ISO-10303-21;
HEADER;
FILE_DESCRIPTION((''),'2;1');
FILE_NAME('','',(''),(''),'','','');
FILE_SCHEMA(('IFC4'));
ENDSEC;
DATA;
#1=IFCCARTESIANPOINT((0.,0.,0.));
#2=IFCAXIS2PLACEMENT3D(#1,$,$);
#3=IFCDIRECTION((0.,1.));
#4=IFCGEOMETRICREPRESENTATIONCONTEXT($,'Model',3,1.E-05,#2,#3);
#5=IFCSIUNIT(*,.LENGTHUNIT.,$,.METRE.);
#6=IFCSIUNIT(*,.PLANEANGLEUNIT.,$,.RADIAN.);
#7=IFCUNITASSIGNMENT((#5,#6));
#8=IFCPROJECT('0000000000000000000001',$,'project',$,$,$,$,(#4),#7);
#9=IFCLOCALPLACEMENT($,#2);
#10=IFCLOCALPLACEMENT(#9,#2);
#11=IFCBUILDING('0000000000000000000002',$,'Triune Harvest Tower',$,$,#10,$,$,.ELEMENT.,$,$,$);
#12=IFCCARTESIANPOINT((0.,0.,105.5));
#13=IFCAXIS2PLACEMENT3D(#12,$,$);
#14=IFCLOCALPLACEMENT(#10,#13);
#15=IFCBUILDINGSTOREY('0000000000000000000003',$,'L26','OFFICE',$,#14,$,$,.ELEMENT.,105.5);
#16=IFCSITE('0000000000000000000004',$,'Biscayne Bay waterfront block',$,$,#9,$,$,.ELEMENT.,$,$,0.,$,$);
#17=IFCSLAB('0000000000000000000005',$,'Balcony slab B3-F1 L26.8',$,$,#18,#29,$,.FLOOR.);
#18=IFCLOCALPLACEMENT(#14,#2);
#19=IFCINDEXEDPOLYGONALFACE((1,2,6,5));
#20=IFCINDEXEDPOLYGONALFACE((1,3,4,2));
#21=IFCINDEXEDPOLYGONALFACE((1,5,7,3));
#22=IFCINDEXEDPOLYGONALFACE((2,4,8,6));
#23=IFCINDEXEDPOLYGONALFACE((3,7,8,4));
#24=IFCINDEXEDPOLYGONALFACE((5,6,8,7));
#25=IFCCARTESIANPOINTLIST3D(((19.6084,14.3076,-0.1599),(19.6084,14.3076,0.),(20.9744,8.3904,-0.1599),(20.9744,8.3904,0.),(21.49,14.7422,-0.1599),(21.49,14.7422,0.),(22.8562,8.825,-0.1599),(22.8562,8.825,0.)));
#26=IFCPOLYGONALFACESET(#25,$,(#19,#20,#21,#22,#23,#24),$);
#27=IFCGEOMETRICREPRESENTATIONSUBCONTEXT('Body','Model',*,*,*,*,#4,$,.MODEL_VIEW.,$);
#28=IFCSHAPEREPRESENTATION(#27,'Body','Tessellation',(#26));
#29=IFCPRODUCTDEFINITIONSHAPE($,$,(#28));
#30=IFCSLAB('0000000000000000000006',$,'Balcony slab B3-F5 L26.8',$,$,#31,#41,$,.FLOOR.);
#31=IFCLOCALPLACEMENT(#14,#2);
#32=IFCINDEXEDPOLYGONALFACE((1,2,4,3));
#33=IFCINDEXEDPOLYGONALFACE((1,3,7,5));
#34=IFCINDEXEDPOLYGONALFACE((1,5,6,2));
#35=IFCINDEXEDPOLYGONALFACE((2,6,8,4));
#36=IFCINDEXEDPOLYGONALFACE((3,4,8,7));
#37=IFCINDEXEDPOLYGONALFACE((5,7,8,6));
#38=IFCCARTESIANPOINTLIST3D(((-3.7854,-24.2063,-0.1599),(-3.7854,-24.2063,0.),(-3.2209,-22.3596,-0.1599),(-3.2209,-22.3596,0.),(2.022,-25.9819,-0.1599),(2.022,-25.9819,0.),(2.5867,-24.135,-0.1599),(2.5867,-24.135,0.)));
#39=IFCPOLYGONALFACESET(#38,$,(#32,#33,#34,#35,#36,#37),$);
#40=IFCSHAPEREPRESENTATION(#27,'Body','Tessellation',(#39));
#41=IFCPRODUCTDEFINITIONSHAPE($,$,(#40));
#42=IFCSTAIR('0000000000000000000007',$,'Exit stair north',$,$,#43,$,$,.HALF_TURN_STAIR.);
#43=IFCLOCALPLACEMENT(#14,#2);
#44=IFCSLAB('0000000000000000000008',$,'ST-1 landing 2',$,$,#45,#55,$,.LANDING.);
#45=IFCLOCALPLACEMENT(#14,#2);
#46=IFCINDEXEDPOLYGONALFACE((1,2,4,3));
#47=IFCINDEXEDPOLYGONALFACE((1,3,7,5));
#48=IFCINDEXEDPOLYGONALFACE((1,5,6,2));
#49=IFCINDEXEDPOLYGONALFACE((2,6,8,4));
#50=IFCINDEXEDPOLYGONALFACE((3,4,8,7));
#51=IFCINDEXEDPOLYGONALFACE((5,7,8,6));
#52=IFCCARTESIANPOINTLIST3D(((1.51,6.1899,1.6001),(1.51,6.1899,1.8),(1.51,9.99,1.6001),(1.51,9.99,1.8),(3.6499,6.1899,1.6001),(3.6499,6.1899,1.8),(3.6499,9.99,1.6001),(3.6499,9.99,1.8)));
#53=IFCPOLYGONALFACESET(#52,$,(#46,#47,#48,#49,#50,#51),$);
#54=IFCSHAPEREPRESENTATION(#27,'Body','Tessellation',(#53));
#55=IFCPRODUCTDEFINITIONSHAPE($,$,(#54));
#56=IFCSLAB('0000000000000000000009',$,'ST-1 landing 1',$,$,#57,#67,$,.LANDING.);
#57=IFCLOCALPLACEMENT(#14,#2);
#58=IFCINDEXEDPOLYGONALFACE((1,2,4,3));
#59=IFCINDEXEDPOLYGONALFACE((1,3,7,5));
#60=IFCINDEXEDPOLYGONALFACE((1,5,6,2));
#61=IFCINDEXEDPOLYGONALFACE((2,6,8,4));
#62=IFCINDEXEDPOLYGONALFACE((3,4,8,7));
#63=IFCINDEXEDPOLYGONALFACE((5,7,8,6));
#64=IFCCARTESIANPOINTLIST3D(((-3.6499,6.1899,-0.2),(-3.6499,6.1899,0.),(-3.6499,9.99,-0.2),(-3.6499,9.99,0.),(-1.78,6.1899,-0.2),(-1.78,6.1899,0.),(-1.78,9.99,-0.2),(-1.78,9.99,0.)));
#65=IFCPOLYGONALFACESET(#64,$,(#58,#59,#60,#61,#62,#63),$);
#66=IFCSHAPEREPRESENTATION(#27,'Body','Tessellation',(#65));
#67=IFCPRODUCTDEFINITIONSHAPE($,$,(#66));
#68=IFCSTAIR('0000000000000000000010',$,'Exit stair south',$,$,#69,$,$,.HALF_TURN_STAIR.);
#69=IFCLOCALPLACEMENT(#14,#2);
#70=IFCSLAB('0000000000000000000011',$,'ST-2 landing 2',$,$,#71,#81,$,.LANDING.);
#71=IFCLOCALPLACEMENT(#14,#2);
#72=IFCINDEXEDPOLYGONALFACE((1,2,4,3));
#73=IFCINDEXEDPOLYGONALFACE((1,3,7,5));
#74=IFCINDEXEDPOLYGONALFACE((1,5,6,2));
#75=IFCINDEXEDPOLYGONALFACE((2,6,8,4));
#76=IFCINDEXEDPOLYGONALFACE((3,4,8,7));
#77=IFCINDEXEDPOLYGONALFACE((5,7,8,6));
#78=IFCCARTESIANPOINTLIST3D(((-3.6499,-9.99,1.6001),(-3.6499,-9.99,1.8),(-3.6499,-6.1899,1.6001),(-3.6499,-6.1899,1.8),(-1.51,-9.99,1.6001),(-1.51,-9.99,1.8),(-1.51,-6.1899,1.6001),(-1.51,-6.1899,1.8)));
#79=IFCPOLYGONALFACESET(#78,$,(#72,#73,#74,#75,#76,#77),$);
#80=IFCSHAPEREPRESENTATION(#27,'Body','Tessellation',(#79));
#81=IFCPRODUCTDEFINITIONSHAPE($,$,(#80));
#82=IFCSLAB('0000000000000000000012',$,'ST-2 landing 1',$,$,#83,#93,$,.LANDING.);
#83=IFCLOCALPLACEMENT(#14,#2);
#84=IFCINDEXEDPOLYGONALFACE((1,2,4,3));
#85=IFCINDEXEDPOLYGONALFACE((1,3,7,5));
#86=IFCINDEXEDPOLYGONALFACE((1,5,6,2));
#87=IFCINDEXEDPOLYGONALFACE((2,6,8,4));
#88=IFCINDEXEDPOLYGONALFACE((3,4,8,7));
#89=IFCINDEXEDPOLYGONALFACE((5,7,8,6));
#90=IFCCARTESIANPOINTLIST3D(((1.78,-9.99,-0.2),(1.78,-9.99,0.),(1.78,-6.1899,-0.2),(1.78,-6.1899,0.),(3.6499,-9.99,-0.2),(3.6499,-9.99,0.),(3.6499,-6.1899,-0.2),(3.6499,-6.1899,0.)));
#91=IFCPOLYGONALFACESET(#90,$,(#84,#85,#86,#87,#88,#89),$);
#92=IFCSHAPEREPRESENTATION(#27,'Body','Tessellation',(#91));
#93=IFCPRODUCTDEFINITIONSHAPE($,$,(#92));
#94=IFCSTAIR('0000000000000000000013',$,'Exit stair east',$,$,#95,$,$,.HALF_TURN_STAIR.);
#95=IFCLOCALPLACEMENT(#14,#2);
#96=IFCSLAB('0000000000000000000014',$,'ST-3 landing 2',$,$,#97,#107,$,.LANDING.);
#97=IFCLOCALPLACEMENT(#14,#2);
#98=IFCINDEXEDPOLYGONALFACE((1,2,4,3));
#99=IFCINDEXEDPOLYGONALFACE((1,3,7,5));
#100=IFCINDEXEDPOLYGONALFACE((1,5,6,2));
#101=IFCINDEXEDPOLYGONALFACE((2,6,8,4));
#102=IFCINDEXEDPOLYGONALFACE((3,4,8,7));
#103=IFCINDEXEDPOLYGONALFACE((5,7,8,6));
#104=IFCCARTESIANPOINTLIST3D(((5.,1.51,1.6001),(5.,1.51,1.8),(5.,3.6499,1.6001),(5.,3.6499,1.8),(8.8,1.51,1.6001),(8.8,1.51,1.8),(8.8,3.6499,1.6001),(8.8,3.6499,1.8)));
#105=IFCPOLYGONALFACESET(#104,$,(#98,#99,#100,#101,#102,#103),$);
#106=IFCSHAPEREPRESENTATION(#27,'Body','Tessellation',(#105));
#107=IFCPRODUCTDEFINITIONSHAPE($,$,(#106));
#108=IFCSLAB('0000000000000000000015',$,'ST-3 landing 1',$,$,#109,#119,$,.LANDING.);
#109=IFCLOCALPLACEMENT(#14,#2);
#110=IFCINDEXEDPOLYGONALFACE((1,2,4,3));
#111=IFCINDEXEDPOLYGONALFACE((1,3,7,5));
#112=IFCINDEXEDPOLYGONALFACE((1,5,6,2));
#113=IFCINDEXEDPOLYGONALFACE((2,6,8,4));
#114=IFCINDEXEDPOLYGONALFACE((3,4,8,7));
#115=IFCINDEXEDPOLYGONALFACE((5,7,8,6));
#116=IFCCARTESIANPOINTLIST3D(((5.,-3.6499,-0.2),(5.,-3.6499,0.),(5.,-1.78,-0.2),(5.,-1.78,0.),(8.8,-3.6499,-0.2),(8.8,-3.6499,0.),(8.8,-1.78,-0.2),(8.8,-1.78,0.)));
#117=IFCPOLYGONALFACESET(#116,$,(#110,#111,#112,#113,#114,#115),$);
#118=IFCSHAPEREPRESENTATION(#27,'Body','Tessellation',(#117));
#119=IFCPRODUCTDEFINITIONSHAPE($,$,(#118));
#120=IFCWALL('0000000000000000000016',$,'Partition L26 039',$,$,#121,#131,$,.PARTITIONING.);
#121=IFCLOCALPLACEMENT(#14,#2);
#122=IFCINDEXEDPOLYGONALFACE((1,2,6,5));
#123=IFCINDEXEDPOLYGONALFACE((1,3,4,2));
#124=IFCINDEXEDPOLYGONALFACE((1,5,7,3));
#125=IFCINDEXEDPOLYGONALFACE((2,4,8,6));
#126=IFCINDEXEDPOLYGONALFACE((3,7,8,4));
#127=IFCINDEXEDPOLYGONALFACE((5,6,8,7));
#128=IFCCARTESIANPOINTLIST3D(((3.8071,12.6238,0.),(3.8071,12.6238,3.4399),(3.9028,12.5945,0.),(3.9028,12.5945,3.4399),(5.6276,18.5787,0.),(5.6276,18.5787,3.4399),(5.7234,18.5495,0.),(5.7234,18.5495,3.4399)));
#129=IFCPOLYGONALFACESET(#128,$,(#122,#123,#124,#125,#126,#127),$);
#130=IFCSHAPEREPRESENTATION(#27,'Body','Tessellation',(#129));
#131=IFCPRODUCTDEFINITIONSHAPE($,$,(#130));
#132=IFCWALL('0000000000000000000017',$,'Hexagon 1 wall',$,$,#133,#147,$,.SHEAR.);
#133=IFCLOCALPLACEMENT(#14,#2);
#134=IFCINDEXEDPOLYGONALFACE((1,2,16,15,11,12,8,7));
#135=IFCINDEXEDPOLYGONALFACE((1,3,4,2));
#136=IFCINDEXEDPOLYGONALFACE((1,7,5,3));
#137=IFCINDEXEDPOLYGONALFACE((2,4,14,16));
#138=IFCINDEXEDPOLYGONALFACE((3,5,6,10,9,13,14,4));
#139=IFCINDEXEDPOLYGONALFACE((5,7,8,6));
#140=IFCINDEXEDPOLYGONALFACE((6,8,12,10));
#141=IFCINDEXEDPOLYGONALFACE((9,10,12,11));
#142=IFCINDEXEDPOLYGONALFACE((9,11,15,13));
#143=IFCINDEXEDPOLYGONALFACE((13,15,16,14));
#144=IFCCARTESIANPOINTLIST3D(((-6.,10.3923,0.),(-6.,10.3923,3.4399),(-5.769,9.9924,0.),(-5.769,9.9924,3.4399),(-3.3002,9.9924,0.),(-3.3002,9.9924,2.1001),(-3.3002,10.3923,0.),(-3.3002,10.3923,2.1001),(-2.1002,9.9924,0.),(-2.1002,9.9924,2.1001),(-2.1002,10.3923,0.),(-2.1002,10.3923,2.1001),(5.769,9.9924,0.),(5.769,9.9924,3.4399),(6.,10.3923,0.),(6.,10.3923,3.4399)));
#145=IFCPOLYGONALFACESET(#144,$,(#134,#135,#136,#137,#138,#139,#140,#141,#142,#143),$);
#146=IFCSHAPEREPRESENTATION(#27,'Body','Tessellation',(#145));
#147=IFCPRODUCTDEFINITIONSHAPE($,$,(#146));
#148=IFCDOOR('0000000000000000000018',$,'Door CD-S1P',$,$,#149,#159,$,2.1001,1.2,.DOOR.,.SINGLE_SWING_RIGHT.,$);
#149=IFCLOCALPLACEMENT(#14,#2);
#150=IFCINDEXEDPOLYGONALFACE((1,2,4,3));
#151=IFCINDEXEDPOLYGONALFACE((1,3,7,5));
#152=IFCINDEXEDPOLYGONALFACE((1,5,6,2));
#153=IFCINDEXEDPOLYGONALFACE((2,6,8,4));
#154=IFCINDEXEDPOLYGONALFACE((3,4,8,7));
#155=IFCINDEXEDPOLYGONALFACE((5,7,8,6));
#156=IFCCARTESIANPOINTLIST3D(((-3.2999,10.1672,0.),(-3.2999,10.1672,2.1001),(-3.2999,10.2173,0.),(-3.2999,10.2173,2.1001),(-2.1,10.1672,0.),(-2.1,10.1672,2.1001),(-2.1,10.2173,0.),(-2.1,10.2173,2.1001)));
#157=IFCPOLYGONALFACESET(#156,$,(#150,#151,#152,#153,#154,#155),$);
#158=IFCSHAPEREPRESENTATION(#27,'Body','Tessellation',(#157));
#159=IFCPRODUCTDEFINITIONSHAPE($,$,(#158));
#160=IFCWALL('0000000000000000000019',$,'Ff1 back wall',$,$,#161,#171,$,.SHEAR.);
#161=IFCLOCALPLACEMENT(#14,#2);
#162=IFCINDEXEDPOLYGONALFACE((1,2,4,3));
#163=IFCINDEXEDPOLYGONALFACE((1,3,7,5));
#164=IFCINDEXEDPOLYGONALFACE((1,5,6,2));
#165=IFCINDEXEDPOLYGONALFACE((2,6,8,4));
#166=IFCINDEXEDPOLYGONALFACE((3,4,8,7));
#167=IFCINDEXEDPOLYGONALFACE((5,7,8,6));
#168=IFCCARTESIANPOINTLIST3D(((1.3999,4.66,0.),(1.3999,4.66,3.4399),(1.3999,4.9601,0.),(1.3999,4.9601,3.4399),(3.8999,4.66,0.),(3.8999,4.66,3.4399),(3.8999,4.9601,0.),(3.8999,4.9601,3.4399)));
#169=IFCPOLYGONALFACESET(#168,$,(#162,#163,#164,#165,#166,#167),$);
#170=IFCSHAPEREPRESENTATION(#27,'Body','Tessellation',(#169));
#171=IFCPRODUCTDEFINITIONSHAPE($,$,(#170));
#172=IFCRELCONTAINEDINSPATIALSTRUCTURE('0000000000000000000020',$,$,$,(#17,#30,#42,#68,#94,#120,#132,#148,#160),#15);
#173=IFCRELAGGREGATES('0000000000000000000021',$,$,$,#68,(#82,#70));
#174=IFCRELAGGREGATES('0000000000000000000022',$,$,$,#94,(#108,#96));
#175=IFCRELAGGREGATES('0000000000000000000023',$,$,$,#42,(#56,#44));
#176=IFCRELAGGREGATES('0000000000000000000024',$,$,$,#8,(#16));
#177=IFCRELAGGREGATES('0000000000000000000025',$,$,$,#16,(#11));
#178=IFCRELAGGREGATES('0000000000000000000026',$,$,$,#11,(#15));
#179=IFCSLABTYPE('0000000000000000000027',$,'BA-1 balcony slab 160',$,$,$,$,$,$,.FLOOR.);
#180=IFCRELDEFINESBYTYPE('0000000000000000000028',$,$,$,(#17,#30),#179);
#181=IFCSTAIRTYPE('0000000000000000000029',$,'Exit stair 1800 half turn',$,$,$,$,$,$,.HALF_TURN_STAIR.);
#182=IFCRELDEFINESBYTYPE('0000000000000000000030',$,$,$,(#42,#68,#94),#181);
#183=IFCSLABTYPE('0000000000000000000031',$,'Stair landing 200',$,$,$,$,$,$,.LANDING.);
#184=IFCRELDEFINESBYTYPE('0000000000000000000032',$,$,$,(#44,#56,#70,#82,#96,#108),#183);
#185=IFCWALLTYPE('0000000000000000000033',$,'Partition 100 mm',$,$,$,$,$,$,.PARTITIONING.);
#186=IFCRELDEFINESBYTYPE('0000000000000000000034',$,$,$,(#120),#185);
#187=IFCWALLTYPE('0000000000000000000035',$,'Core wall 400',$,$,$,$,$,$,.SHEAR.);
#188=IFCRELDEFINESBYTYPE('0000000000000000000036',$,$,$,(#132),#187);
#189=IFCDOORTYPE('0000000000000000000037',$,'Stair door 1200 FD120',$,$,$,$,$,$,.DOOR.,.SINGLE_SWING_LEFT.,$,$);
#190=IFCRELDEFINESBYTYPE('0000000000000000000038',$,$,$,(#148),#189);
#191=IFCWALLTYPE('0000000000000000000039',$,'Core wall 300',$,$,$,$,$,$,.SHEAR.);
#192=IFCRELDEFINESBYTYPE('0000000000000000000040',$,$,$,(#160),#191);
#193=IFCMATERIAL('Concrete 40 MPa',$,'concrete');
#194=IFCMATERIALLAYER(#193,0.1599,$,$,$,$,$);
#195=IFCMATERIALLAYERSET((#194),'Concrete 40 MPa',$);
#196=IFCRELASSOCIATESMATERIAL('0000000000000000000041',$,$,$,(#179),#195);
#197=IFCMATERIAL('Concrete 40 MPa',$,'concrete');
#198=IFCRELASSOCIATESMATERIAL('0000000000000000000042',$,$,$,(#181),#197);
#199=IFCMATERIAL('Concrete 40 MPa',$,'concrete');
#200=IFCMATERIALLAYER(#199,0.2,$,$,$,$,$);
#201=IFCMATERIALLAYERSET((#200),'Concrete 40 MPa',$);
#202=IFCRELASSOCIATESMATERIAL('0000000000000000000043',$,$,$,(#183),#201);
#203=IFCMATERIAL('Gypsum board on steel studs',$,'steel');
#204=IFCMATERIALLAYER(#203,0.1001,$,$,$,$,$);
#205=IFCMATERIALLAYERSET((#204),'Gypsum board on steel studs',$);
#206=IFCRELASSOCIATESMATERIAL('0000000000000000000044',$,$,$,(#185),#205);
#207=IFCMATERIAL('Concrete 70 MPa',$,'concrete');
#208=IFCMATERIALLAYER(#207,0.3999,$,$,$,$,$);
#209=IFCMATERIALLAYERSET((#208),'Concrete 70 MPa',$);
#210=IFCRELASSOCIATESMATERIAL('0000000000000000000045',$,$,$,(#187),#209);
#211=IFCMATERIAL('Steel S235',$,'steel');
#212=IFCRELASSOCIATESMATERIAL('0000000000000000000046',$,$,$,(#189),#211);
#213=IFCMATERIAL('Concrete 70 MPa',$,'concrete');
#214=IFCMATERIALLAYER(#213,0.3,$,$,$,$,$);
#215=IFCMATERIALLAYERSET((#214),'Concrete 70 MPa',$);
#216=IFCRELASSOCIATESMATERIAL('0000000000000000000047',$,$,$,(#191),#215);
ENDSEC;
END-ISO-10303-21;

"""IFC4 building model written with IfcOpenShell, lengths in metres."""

from ifc_helpers import new_model, si_unit, direction, frame, frame_2d, origin, place, context, subcontext, project, spatial, polyline, rectangle, outline, extrude, source, transform, mapped, material, layer, layer_set, type_object, element, fill, aggregate, save


model = new_model("IFC4")

# Units and contexts
model_context = context("Model", 3, precision=1e-05, world=origin(), true_north=direction((0.0, 1.0)))
body_context = subcontext(model_context, "Body", "Model", "MODEL_VIEW")
ifc_project = project(units=[si_unit("LENGTHUNIT", "METRE"), si_unit("PLANEANGLEUNIT", "RADIAN")], contexts=[model_context])

# Site, building, storey
site_placement = place(None, origin())
site = spatial("IfcSite", under=ifc_project, at=site_placement, Name="Biscayne Bay waterfront block", CompositionType="ELEMENT", RefElevation=0.0)
building_placement = place(site_placement, origin())
building = spatial("IfcBuilding", under=site, at=building_placement, Name="Triune Harvest Tower", CompositionType="ELEMENT")
storey_placement = place(building_placement, frame((0.0, 0.0, 105.5)))
storey = spatial("IfcBuildingStorey", under=building, at=storey_placement, Name="L26", Description="OFFICE", CompositionType="ELEMENT", Elevation=105.5)

# Slabs
ifc_material_1 = material(Name="Concrete 40 MPa", Category="concrete")
ifc_layer_1 = layer(ifc_material_1, 0.1599)
ifc_layer_set_1 = layer_set([ifc_layer_1], Name="Concrete 40 MPa")
slab_type_1 = type_object("IfcSlabType", Name="BA-1 balcony slab 160", PredefinedType="FLOOR", material=ifc_layer_set_1)
slab_1_placement = place(storey_placement, frame((0.0, 0.0, -0.1599)))
element("IfcSlab", 1, at=slab_1_placement, inside=storey, type_object=slab_type_1, Name="Balcony slab B3-F1 L26.8", PredefinedType="FLOOR", context=body_context, shape_type="SweptSolid", body=[
    extrude(outline(polyline([(20.9744, 8.3904), (19.6084, 14.3076), (21.49, 14.7422), (22.8562, 8.825), (20.9744, 8.3904)])), origin(), (0.0, 0.0, 1.0), 0.1599),
])
slab_2_placement = place(storey_placement, frame((0.0, 0.0, -0.1599)))
element("IfcSlab", 2, at=slab_2_placement, inside=storey, type_object=slab_type_1, Name="Balcony slab B3-F5 L26.8", PredefinedType="FLOOR", context=body_context, shape_type="SweptSolid", body=[
    extrude(outline(polyline([(-3.2209, -22.3596), (2.5867, -24.135), (2.022, -25.9819), (-3.7854, -24.2063), (-3.2209, -22.3596)])), origin(), (0.0, 0.0, 1.0), 0.1599),
])

# Stairs, slabs
ifc_material_2 = material(Name="Concrete 40 MPa", Category="concrete")
stair_type = type_object("IfcStairType", Name="Exit stair 1800 half turn", PredefinedType="HALF_TURN_STAIR", material=ifc_material_2)
stair_1_placement = place(storey_placement, origin())
stair_1 = element("IfcStair", 3, at=stair_1_placement, inside=storey, type_object=stair_type, Name="Exit stair north", PredefinedType="HALF_TURN_STAIR")
ifc_material_3 = material(Name="Concrete 40 MPa", Category="concrete")
ifc_layer_2 = layer(ifc_material_3, 0.2)
ifc_layer_set_2 = layer_set([ifc_layer_2], Name="Concrete 40 MPa")
slab_type_2 = type_object("IfcSlabType", Name="Stair landing 200", PredefinedType="LANDING", material=ifc_layer_set_2)
shared_shape_1 = source(origin(), body_context, "Body", "SweptSolid", [
    extrude(outline(polyline([(1.51, 6.1899), (3.6499, 6.1899), (3.6499, 9.99), (1.51, 9.99), (1.51, 6.1899)])), origin(), (0.0, 0.0, 1.0), 0.2),
])
slab_3_placement = place(storey_placement, frame((0.0, 0.0, 1.6001)))
slab_3 = element("IfcSlab", 4, at=slab_3_placement, type_object=slab_type_2, Name="ST-1 landing 2", PredefinedType="LANDING", context=body_context, shape_type="MappedRepresentation", body=[
    mapped(shared_shape_1, transform((0.0, 0.0, 0.0), scale=1.0)),
])
shared_shape_2 = source(origin(), body_context, "Body", "SweptSolid", [
    extrude(outline(polyline([(-3.6499, 6.1899), (-1.78, 6.1899), (-1.78, 9.99), (-3.6499, 9.99), (-3.6499, 6.1899)])), origin(), (0.0, 0.0, 1.0), 0.2),
])
slab_4_placement = place(storey_placement, frame((0.0, 0.0, -0.2)))
slab_4 = element("IfcSlab", 5, at=slab_4_placement, type_object=slab_type_2, Name="ST-1 landing 1", PredefinedType="LANDING", context=body_context, shape_type="MappedRepresentation", body=[
    mapped(shared_shape_2, transform((0.0, 0.0, 0.0), scale=1.0)),
])
stair_2_placement = place(storey_placement, origin())
stair_2 = element("IfcStair", 6, at=stair_2_placement, inside=storey, type_object=stair_type, Name="Exit stair south", PredefinedType="HALF_TURN_STAIR")
shared_shape_3 = source(origin(), body_context, "Body", "SweptSolid", [
    extrude(outline(polyline([(-1.51, -6.1899), (-3.6499, -6.1899), (-3.6499, -9.99), (-1.51, -9.99), (-1.51, -6.1899)])), origin(), (0.0, 0.0, 1.0), 0.2),
])
slab_5_placement = place(storey_placement, frame((0.0, 0.0, 1.6001)))
slab_5 = element("IfcSlab", 7, at=slab_5_placement, type_object=slab_type_2, Name="ST-2 landing 2", PredefinedType="LANDING", context=body_context, shape_type="MappedRepresentation", body=[
    mapped(shared_shape_3, transform((0.0, 0.0, 0.0), scale=1.0)),
])
shared_shape_4 = source(origin(), body_context, "Body", "SweptSolid", [
    extrude(outline(polyline([(3.6499, -6.1899), (1.78, -6.1899), (1.78, -9.99), (3.6499, -9.99), (3.6499, -6.1899)])), origin(), (0.0, 0.0, 1.0), 0.2),
])
slab_6_placement = place(storey_placement, frame((0.0, 0.0, -0.2)))
slab_6 = element("IfcSlab", 8, at=slab_6_placement, type_object=slab_type_2, Name="ST-2 landing 1", PredefinedType="LANDING", context=body_context, shape_type="MappedRepresentation", body=[
    mapped(shared_shape_4, transform((0.0, 0.0, 0.0), scale=1.0)),
])
aggregate(stair_2, [slab_6, slab_5])
stair_3_placement = place(storey_placement, origin())
stair_3 = element("IfcStair", 9, at=stair_3_placement, inside=storey, type_object=stair_type, Name="Exit stair east", PredefinedType="HALF_TURN_STAIR")
shared_shape_5 = source(origin(), body_context, "Body", "SweptSolid", [
    extrude(outline(polyline([(8.8, 1.51), (8.8, 3.6499), (5.0, 3.6499), (5.0, 1.51), (8.8, 1.51)])), origin(), (0.0, 0.0, 1.0), 0.2),
])
slab_7_placement = place(storey_placement, frame((0.0, 0.0, 1.6001)))
slab_7 = element("IfcSlab", 10, at=slab_7_placement, type_object=slab_type_2, Name="ST-3 landing 2", PredefinedType="LANDING", context=body_context, shape_type="MappedRepresentation", body=[
    mapped(shared_shape_5, transform((0.0, 0.0, 0.0), scale=1.0)),
])
shared_shape_6 = source(origin(), body_context, "Body", "SweptSolid", [
    extrude(outline(polyline([(8.8, -3.6499), (8.8, -1.78), (5.0, -1.78), (5.0, -3.6499), (8.8, -3.6499)])), origin(), (0.0, 0.0, 1.0), 0.2),
])
slab_8_placement = place(storey_placement, frame((0.0, 0.0, -0.2)))
slab_8 = element("IfcSlab", 11, at=slab_8_placement, type_object=slab_type_2, Name="ST-3 landing 1", PredefinedType="LANDING", context=body_context, shape_type="MappedRepresentation", body=[
    mapped(shared_shape_6, transform((0.0, 0.0, 0.0), scale=1.0)),
])
aggregate(stair_3, [slab_8, slab_7])

# Wall
ifc_material_4 = material(Name="Gypsum board on steel studs", Category="steel")
ifc_layer_3 = layer(ifc_material_4, 0.1001)
ifc_layer_set_3 = layer_set([ifc_layer_3], Name="Gypsum board on steel studs")
wall_type_1 = type_object("IfcWallType", Name="Partition 100 mm", PredefinedType="PARTITIONING", material=ifc_layer_set_3)
wall_1_placement = place(storey_placement, frame((3.855, 12.6091, 0.0), z_axis=(0.0, 0.0, 1.0), x_axis=(0.292358, 0.956309, 0.0)))
element("IfcWall", 12, at=wall_1_placement, inside=storey, type_object=wall_type_1, Name="Partition L26 039", PredefinedType="PARTITIONING", context=body_context, shape_type="SweptSolid", body=[
    extrude(rectangle(XDim=6.2271, YDim=0.1001, at=frame_2d((3.1135, 0.0))), origin(), (0.0, 0.0, 1.0), 3.4399),
])

# Wall, opening, door
ifc_material_5 = material(Name="Concrete 70 MPa", Category="concrete")
ifc_layer_4 = layer(ifc_material_5, 0.3999)
ifc_layer_set_4 = layer_set([ifc_layer_4], Name="Concrete 70 MPa")
wall_type_2 = type_object("IfcWallType", Name="Core wall 400", PredefinedType="SHEAR", material=ifc_layer_set_4)
shared_shape_7 = source(origin(), body_context, "Body", "SweptSolid", [
    extrude(outline(polyline([(-0.1155, -0.2), (11.8845, -0.2), (11.6536, 0.2), (0.1155, 0.2), (-0.1155, -0.2)])), origin(), (0.0, 0.0, 1.0), 3.4399),
])
wall_2_placement = place(storey_placement, frame((5.8845, 10.1924, 0.0), z_axis=(0.0, 0.0, 1.0), x_axis=(-1.0, 0.0, 0.0)))
wall_2 = element("IfcWall", 13, at=wall_2_placement, inside=storey, type_object=wall_type_2, Name="Hexagon 1 wall", PredefinedType="SHEAR", context=body_context, shape_type="MappedRepresentation", body=[
    mapped(shared_shape_7, transform((0.0, 0.0, 0.0), scale=1.0)),
])
opening_1_placement = place(wall_2_placement, frame((7.9846, 0.0, 0.0)))
opening_1 = element("IfcOpeningElement", 14, at=opening_1_placement, cuts=wall_2, PredefinedType="OPENING", context=body_context, shape_type="SweptSolid", body=[
    extrude(rectangle(XDim=1.2, YDim=2.1001, at=frame_2d((0.6001, 1.05))), frame((0.0, 0.21, 0.0), z_axis=(0.0, -1.0, 0.0), x_axis=(1.0, 0.0, 0.0)), (0.0, 0.0, 1.0), 0.4199),
])
ifc_material_6 = material(Name="Steel S235", Category="steel")
door_type_1 = type_object("IfcDoorType", Name="Stair door 1200 FD120", OperationType="SINGLE_SWING_LEFT", PredefinedType="DOOR", material=ifc_material_6)
door_1_placement = place(opening_1_placement, frame((1.2, 0.0, 0.0), z_axis=(0.0, 0.0, 1.0), x_axis=(-1.0, 0.0, 0.0)))
door_1 = element("IfcDoor", 15, at=door_1_placement, inside=storey, type_object=door_type_1, Name="Door CD-S1P", OperationType="SINGLE_SWING_RIGHT", OverallHeight=2.1001, OverallWidth=1.2, PredefinedType="DOOR", context=body_context, shape_type="SweptSolid", body=[
    extrude(rectangle(XDim=1.2, YDim=2.1001, at=frame_2d((0.6001, 1.05))), frame((0.0, 0.0249, 0.0), z_axis=(0.0, -1.0, 0.0), x_axis=(1.0, 0.0, 0.0)), (0.0, 0.0, 1.0), 0.05),
])
fill(opening_1, door_1)

# Wall
ifc_material_7 = material(Name="Concrete 70 MPa", Category="concrete")
ifc_layer_5 = layer(ifc_material_7, 0.3)
ifc_layer_set_5 = layer_set([ifc_layer_5], Name="Concrete 70 MPa")
wall_type_3 = type_object("IfcWallType", Name="Core wall 300", PredefinedType="SHEAR", material=ifc_layer_set_5)
shared_shape_8 = source(origin(), body_context, "Body", "SweptSolid", [
    extrude(rectangle(XDim=2.5, YDim=0.3, at=frame_2d((1.25, 0.0))), origin(), (0.0, 0.0, 1.0), 3.4399),
])
wall_3_placement = place(storey_placement, frame((1.3999, 4.8101, 0.0), z_axis=(0.0, 0.0, 1.0), x_axis=(1.0, 0.0, 0.0)))
element("IfcWall", 16, at=wall_3_placement, inside=storey, type_object=wall_type_3, Name="Ff1 back wall", PredefinedType="SHEAR", context=body_context, shape_type="MappedRepresentation", body=[
    mapped(shared_shape_8, transform((0.0, 0.0, 0.0), scale=1.0)),
])

aggregate(stair_1, [slab_4, slab_3])

save(model, "model.ifc")
